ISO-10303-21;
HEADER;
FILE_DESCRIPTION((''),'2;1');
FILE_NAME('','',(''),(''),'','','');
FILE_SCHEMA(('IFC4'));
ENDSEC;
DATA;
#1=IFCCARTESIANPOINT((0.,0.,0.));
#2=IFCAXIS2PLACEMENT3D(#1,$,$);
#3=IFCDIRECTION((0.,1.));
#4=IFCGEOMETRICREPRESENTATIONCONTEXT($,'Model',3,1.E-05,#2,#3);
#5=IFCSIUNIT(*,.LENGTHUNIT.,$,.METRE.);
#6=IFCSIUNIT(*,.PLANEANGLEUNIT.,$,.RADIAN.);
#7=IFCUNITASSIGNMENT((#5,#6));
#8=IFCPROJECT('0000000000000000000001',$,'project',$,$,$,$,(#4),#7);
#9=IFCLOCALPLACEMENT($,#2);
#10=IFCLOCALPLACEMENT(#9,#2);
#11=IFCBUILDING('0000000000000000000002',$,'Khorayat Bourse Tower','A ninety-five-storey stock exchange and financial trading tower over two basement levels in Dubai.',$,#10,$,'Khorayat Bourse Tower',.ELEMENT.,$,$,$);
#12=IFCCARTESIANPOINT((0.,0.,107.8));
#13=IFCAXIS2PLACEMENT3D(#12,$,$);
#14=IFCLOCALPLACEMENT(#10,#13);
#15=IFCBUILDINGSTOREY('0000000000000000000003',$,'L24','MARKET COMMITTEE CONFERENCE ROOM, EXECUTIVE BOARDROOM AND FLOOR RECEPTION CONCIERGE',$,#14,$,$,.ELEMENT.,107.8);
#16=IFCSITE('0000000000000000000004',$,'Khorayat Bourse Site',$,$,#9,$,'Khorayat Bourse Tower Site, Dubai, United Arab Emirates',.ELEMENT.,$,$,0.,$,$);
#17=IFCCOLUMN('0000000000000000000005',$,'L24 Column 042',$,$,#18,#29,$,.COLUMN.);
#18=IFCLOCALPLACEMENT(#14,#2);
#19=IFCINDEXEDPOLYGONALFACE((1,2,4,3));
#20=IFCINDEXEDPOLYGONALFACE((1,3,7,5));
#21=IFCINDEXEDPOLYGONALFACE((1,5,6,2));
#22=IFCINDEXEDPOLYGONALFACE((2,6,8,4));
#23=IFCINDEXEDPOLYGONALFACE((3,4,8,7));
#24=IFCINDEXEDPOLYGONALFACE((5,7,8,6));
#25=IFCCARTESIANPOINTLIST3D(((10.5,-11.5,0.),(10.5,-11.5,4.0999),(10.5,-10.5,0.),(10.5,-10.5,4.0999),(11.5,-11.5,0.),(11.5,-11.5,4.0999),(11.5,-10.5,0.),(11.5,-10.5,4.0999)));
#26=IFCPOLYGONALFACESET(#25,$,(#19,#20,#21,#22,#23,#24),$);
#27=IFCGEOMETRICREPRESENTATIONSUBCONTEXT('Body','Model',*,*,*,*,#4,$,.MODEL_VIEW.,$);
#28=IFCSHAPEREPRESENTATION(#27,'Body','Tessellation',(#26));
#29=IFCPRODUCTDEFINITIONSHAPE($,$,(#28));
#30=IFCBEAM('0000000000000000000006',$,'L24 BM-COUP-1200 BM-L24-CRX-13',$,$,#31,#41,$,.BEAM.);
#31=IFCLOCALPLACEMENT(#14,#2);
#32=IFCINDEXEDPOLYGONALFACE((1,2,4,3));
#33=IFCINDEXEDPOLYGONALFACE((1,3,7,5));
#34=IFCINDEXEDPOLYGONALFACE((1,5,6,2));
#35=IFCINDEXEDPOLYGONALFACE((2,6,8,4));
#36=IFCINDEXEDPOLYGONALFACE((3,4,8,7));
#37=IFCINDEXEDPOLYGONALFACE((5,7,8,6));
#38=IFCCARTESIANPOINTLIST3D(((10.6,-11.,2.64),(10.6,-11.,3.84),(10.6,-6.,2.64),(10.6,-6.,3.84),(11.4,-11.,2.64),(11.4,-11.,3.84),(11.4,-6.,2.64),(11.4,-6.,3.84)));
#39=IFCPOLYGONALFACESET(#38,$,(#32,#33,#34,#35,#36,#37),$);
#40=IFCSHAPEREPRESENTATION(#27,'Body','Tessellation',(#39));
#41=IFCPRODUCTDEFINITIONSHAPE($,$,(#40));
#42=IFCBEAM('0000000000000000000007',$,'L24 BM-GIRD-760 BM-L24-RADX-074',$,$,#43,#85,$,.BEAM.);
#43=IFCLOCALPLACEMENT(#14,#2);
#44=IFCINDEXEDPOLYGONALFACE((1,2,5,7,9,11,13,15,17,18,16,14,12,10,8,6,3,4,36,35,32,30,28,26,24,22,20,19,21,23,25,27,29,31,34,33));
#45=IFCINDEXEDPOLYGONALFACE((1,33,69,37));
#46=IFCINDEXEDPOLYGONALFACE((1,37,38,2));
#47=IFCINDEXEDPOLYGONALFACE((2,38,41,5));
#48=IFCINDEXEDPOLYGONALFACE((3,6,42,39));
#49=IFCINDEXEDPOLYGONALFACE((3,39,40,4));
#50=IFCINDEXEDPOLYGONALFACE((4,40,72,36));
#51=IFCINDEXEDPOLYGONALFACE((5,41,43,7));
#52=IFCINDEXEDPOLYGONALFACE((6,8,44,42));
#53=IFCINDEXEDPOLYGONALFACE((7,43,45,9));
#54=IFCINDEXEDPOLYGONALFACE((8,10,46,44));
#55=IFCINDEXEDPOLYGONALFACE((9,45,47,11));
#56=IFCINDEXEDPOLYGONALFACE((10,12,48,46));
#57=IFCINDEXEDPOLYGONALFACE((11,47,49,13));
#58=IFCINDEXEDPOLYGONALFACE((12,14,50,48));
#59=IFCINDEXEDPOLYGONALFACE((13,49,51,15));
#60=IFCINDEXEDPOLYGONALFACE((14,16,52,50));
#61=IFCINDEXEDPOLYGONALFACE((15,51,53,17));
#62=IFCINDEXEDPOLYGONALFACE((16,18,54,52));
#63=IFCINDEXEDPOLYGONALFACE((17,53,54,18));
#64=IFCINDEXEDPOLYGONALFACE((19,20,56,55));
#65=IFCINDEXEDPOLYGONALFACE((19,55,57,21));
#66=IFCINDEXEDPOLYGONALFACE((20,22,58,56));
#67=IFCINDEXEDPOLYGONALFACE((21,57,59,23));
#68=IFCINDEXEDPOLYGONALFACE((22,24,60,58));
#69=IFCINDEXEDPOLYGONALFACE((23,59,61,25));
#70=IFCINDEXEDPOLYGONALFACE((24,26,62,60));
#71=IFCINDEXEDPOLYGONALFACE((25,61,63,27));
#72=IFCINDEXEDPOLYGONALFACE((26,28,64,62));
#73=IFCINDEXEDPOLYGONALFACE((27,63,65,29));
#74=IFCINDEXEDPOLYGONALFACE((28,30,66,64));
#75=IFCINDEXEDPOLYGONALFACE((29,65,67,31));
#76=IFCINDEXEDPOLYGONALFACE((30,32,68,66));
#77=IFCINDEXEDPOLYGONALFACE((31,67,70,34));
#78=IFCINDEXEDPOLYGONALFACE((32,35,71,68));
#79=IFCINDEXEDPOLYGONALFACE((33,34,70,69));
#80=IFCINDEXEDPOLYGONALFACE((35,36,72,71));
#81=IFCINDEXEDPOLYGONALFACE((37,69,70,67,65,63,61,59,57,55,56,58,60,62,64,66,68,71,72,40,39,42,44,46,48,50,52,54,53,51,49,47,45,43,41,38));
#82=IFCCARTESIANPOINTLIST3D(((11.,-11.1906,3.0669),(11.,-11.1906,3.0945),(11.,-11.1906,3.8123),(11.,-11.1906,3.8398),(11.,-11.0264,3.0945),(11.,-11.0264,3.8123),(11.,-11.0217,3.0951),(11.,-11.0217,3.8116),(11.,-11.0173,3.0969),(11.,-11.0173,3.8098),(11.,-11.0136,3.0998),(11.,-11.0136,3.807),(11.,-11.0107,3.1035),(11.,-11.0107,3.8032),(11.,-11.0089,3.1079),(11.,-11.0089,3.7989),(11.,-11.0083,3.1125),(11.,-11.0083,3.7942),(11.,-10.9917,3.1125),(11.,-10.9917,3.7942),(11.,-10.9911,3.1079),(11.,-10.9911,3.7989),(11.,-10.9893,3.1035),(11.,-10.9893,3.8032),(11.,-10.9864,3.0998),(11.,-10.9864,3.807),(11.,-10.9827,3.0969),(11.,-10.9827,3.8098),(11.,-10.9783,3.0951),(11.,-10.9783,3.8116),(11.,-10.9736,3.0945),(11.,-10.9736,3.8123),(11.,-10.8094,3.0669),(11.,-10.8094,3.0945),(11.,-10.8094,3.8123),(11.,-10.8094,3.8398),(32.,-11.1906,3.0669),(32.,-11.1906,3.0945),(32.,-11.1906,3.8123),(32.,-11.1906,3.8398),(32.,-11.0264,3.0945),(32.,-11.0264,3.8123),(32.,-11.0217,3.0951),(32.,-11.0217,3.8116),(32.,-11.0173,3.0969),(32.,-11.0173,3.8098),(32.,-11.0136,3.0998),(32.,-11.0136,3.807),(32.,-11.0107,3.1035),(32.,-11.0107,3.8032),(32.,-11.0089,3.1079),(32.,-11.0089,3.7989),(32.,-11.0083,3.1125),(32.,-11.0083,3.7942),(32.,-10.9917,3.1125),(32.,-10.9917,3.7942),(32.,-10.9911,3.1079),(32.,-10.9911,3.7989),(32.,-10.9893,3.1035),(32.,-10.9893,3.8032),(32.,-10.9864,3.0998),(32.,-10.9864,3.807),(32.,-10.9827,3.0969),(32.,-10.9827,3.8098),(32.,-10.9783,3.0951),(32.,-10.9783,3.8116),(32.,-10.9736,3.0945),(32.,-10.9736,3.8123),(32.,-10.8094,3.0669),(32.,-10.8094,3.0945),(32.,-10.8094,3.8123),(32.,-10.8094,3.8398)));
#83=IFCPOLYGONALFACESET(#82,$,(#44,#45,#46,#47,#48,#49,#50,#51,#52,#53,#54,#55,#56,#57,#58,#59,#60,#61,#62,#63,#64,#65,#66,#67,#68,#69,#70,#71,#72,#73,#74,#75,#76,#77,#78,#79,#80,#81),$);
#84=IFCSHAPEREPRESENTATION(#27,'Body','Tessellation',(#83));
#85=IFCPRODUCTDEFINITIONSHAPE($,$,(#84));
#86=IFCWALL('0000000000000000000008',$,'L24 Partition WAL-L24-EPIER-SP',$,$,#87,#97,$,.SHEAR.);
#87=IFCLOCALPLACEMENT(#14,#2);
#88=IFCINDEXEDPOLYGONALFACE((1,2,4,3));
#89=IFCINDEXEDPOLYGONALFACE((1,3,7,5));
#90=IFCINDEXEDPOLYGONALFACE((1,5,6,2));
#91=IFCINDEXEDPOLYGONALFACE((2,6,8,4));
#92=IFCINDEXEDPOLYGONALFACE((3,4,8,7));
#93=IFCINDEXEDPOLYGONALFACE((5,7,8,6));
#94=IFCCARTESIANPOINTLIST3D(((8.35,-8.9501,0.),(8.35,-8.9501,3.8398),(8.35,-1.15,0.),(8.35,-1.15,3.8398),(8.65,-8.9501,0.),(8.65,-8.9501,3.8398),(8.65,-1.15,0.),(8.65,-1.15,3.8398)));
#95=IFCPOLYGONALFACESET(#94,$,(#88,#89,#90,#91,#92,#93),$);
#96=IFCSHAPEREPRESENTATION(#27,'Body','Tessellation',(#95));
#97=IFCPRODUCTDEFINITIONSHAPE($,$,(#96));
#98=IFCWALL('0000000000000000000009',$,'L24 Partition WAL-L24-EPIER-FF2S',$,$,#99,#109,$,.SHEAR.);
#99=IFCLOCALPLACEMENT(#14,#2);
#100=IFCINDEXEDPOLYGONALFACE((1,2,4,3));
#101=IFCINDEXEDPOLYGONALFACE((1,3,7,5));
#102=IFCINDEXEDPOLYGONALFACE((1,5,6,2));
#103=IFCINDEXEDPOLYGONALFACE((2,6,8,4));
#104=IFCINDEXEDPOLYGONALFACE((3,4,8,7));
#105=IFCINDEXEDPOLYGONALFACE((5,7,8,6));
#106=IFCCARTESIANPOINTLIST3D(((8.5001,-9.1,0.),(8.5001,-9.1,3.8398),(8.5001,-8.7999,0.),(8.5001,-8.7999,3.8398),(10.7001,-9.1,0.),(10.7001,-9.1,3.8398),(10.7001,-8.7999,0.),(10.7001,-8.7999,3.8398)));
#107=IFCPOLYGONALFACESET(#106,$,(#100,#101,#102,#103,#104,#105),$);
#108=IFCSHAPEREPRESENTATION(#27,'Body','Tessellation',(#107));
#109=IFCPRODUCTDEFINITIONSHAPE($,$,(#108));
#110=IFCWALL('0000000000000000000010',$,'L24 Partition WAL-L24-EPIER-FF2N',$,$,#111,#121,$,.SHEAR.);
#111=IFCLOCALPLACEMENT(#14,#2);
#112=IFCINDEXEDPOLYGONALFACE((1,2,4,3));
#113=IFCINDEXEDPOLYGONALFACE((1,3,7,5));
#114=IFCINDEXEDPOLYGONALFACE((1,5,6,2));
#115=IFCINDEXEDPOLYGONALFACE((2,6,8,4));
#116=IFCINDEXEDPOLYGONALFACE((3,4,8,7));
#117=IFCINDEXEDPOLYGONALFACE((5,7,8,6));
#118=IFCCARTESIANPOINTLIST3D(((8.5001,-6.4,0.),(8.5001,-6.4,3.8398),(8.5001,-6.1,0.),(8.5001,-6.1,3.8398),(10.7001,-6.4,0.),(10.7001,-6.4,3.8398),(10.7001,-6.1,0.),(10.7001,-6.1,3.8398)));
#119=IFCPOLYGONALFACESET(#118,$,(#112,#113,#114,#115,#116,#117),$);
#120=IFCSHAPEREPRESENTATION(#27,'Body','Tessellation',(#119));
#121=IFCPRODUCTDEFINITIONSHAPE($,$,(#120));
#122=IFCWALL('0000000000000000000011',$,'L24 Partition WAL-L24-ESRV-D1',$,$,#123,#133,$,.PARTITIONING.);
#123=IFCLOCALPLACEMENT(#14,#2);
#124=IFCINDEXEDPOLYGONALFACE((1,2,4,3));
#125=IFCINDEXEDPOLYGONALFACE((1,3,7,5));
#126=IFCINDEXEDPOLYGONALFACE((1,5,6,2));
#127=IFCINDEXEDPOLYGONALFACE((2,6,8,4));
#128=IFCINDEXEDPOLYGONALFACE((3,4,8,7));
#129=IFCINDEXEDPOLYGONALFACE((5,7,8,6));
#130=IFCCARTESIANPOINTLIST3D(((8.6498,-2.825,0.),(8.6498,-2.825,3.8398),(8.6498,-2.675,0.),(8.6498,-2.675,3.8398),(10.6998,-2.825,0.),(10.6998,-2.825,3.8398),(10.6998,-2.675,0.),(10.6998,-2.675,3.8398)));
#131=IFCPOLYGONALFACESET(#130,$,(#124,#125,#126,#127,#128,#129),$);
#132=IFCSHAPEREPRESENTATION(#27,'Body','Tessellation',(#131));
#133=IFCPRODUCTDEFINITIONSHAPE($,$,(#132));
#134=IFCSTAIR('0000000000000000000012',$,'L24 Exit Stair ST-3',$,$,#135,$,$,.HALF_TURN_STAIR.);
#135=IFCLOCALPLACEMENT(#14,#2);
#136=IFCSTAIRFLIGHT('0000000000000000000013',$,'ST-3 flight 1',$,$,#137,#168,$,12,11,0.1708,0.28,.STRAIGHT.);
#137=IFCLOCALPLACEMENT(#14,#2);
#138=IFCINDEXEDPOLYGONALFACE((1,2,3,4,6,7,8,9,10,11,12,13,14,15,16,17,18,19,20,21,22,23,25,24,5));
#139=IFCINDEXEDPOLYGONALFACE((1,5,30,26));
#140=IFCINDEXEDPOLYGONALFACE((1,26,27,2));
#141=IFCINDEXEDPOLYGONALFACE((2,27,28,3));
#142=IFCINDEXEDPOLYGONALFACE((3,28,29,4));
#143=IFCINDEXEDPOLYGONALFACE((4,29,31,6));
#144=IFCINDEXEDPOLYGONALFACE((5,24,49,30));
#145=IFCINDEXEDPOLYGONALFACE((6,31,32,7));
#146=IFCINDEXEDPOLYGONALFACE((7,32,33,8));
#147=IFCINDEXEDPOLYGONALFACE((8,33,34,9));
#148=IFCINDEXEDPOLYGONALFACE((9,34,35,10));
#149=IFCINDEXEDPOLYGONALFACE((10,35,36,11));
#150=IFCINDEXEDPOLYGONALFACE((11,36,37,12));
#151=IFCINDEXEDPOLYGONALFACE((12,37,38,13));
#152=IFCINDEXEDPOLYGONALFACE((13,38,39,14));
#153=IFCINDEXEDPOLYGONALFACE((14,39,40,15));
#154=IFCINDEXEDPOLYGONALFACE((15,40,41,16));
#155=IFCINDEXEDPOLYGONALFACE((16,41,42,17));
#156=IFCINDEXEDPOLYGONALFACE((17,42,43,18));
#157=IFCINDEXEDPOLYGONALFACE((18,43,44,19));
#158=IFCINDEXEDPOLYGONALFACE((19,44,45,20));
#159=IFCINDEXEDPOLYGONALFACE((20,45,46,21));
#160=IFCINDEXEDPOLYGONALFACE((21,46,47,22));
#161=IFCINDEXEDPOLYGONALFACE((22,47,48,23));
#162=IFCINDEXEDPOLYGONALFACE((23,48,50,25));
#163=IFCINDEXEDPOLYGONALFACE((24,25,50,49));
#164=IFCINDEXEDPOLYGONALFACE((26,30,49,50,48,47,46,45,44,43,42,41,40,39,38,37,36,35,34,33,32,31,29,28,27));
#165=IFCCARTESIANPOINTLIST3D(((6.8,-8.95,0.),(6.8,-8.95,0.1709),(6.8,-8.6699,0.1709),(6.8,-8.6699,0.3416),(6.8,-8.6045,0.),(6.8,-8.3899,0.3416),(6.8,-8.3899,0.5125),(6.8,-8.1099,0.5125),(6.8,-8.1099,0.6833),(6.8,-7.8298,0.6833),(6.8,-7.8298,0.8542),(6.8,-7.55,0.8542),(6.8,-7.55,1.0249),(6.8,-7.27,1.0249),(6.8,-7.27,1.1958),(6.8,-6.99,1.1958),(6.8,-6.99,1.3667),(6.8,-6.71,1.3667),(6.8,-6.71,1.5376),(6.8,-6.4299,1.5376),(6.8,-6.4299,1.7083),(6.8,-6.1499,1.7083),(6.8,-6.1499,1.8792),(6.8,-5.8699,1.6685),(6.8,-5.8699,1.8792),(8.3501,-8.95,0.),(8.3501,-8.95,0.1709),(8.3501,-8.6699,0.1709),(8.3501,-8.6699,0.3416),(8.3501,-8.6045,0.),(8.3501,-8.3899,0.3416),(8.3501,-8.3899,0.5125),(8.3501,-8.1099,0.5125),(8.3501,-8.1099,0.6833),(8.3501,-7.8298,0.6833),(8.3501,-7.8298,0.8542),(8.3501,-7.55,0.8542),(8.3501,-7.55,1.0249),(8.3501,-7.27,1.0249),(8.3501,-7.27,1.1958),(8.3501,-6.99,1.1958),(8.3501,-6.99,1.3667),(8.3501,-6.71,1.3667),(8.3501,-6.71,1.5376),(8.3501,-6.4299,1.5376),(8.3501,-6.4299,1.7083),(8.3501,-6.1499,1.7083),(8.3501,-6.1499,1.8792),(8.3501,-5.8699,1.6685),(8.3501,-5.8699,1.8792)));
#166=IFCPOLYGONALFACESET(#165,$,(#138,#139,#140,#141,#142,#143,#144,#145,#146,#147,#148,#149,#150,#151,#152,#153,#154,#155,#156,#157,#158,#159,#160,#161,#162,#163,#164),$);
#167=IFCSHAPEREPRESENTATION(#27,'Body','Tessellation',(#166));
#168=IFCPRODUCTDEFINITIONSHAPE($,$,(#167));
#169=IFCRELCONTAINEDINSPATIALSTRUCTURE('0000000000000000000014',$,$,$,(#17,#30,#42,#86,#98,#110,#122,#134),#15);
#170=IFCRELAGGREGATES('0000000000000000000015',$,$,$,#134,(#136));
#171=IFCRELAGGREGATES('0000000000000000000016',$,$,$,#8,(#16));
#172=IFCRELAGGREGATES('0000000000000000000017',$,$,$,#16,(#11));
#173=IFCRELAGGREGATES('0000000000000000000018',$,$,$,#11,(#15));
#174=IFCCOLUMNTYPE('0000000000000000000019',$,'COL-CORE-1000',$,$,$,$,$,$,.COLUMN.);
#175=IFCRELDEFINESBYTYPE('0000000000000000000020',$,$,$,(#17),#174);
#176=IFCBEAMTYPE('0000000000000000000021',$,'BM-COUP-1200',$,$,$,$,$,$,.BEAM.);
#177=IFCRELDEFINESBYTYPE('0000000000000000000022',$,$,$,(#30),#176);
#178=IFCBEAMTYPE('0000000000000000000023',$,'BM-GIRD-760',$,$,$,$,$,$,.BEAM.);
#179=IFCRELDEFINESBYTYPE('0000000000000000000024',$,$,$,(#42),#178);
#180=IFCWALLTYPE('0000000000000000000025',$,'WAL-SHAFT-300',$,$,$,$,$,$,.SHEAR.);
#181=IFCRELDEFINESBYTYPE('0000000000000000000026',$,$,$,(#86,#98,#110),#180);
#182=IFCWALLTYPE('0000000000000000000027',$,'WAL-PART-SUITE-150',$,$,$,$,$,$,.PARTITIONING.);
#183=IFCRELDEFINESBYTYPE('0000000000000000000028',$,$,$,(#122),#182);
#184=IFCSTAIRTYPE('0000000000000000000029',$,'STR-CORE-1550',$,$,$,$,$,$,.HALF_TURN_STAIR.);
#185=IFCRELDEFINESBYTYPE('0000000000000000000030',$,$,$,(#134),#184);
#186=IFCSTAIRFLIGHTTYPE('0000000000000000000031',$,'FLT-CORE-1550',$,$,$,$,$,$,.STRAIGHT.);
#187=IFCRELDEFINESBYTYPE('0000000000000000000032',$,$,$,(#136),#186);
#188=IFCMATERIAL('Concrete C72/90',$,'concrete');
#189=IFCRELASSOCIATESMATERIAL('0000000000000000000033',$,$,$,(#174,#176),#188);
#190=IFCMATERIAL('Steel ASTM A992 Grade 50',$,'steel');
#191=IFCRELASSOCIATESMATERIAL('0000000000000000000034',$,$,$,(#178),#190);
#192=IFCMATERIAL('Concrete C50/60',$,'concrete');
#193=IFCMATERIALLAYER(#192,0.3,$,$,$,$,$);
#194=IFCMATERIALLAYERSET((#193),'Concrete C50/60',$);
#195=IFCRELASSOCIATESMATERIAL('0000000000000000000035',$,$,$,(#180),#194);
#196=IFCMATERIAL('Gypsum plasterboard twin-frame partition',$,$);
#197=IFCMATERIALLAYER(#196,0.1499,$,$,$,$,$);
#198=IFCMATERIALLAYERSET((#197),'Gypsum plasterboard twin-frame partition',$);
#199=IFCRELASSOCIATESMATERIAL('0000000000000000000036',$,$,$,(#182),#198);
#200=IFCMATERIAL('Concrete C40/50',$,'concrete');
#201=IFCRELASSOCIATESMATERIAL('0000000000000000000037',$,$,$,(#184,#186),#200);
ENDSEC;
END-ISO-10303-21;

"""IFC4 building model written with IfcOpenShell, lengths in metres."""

from ifc_helpers import new_model, si_unit, direction, frame, frame_2d, origin, origin_2d, place, context, subcontext, project, spatial, polyline, rectangle, i_section, outline, extrude, source, transform, mapped, material, layer, layer_set, material_profile, profile_set, type_object, element, aggregate, save


model = new_model("IFC4")

# Units and contexts
model_context = context("Model", 3, precision=1e-05, world=origin(), true_north=direction((0.0, 1.0)))
body_context = subcontext(model_context, "Body", "Model", "MODEL_VIEW")
ifc_project = project(units=[si_unit("LENGTHUNIT", "METRE"), si_unit("PLANEANGLEUNIT", "RADIAN")], contexts=[model_context])

# Site, building, storey
site_placement = place(None, origin())
site = spatial("IfcSite", under=ifc_project, at=site_placement, Name="Khorayat Bourse Site", LongName="Khorayat Bourse Tower Site, Dubai, United Arab Emirates", CompositionType="ELEMENT", RefElevation=0.0)
building_placement = place(site_placement, origin())
building = spatial("IfcBuilding", under=site, at=building_placement, Name="Khorayat Bourse Tower", Description="A ninety-five-storey stock exchange and financial trading tower over two basement levels in Dubai.", LongName="Khorayat Bourse Tower", CompositionType="ELEMENT")
storey_placement = place(building_placement, frame((0.0, 0.0, 107.8)))
storey = spatial("IfcBuildingStorey", under=building, at=storey_placement, Name="L24", Description="MARKET COMMITTEE CONFERENCE ROOM, EXECUTIVE BOARDROOM AND FLOOR RECEPTION CONCIERGE", CompositionType="ELEMENT", Elevation=107.8)

# Column
ifc_material_1 = material(Name="Concrete C72/90", Category="concrete")
ifc_material_profile_1 = material_profile(ifc_material_1, rectangle(XDim=1.0, YDim=1.0, at=origin_2d()), Name="RC 1000x1000")
ifc_profile_set_1 = profile_set([ifc_material_profile_1], Name="Concrete C72/90")
column_type = type_object("IfcColumnType", Name="COL-CORE-1000", PredefinedType="COLUMN", material=ifc_profile_set_1)
shared_shape_1 = source(origin(), body_context, "Body", "SweptSolid", [
    extrude(rectangle(XDim=1.0, YDim=1.0, at=origin_2d()), origin(), (0.0, 0.0, 1.0), 4.0999),
])
column_placement = place(storey_placement, frame((11.0, -11.0, 0.0), z_axis=(0.0, 0.0, 1.0), x_axis=(1.0, 0.0, 0.0)))
element("IfcColumn", 1, at=column_placement, inside=storey, type_object=column_type, Name="L24 Column 042", PredefinedType="COLUMN", context=body_context, shape_type="MappedRepresentation", body=[
    mapped(shared_shape_1, transform((0.0, 0.0, 0.0), scale=1.0)),
])

# Beams
ifc_material_profile_2 = material_profile(ifc_material_1, rectangle(XDim=0.8, YDim=1.2, at=origin_2d()), Name="RC 800x1200")
ifc_profile_set_2 = profile_set([ifc_material_profile_2], Name="Concrete C72/90")
beam_type_1 = type_object("IfcBeamType", Name="BM-COUP-1200", PredefinedType="BEAM", material=ifc_profile_set_2)
shared_shape_2 = source(origin(), body_context, "Body", "SweptSolid", [
    extrude(rectangle(XDim=0.8, YDim=1.2, at=origin_2d()), origin(), (0.0, 0.0, 1.0), 5.0),
])
beam_1_placement = place(storey_placement, frame((11.0, -11.0, 3.24), z_axis=(0.0, 1.0, 0.0), x_axis=(-1.0, 0.0, 0.0)))
element("IfcBeam", 2, at=beam_1_placement, inside=storey, type_object=beam_type_1, Name="L24 BM-COUP-1200 BM-L24-CRX-13", PredefinedType="BEAM", context=body_context, shape_type="MappedRepresentation", body=[
    mapped(shared_shape_2, transform((0.0, 0.0, 0.0), scale=1.0)),
])
ifc_material_2 = material(Name="Steel ASTM A992 Grade 50", Category="steel")
ifc_material_profile_3 = material_profile(ifc_material_2, i_section(OverallWidth=0.3811, OverallDepth=0.7729, WebThickness=0.0166, FlangeThickness=0.0276, FilletRadius=0.0181, at=origin_2d()), Name="W760X257")
ifc_profile_set_3 = profile_set([ifc_material_profile_3], Name="Steel ASTM A992 Grade 50")
beam_type_2 = type_object("IfcBeamType", Name="BM-GIRD-760", PredefinedType="BEAM", material=ifc_profile_set_3)
shared_shape_3 = source(origin(), body_context, "Body", "SweptSolid", [
    extrude(i_section(OverallWidth=0.3811, OverallDepth=0.7729, WebThickness=0.0166, FlangeThickness=0.0276, FilletRadius=0.0181, at=origin_2d()), origin(), (0.0, 0.0, 1.0), 21.0),
])
beam_2_placement = place(storey_placement, frame((11.0, -11.0, 3.4534), z_axis=(1.0, 0.0, 0.0), x_axis=(0.0, 1.0, 0.0)))
element("IfcBeam", 3, at=beam_2_placement, inside=storey, type_object=beam_type_2, Name="L24 BM-GIRD-760 BM-L24-RADX-074", PredefinedType="BEAM", context=body_context, shape_type="MappedRepresentation", body=[
    mapped(shared_shape_3, transform((0.0, 0.0, 0.0), scale=1.0)),
])

# Walls
ifc_material_3 = material(Name="Concrete C50/60", Category="concrete")
ifc_layer_1 = layer(ifc_material_3, 0.3)
ifc_layer_set_1 = layer_set([ifc_layer_1], Name="Concrete C50/60")
wall_type_1 = type_object("IfcWallType", Name="WAL-SHAFT-300", PredefinedType="SHEAR", material=ifc_layer_set_1)
shared_shape_4 = source(origin(), body_context, "Body", "SweptSolid", [
    extrude(rectangle(XDim=7.8, YDim=0.3, at=frame_2d((3.8999, 0.0))), origin(), (0.0, 0.0, 1.0), 3.8398),
])
wall_1_placement = place(storey_placement, frame((8.5, -8.95, 0.0), z_axis=(0.0, 0.0, 1.0), x_axis=(0.0, 1.0, 0.0)))
element("IfcWall", 4, at=wall_1_placement, inside=storey, type_object=wall_type_1, Name="L24 Partition WAL-L24-EPIER-SP", PredefinedType="SHEAR", context=body_context, shape_type="MappedRepresentation", body=[
    mapped(shared_shape_4, transform((0.0, 0.0, 0.0), scale=1.0)),
])
shared_shape_5 = source(origin(), body_context, "Body", "SweptSolid", [
    extrude(rectangle(XDim=2.2, YDim=0.3, at=frame_2d((1.1001, 0.0))), origin(), (0.0, 0.0, 1.0), 3.8398),
])
for number, where, z_axis, x_axis, name in (
    (5, (8.5, -8.95, 0.0), (0.0, 0.0, 1.0), (1.0, 0.0, 0.0), "L24 Partition WAL-L24-EPIER-FF2S"),
    (6, (8.5, -6.25, 0.0), (0.0, 0.0, 1.0), (1.0, 0.0, 0.0), "L24 Partition WAL-L24-EPIER-FF2N"),
):
    element("IfcWall", number, at=place(storey_placement, frame(where, z_axis=z_axis, x_axis=x_axis)), inside=storey, type_object=wall_type_1, Name=name, PredefinedType="SHEAR", context=body_context, shape_type="MappedRepresentation", body=[
        mapped(shared_shape_5, transform((0.0, 0.0, 0.0), scale=1.0)),
    ])
ifc_material_4 = material(Name="Gypsum plasterboard twin-frame partition")
ifc_layer_2 = layer(ifc_material_4, 0.1499)
ifc_layer_set_2 = layer_set([ifc_layer_2], Name="Gypsum plasterboard twin-frame partition")
wall_type_2 = type_object("IfcWallType", Name="WAL-PART-SUITE-150", PredefinedType="PARTITIONING", material=ifc_layer_set_2)
shared_shape_6 = source(origin(), body_context, "Body", "SweptSolid", [
    extrude(rectangle(XDim=2.05, YDim=0.1499, at=frame_2d((1.0249, 0.0))), origin(), (0.0, 0.0, 1.0), 3.8398),
])
wall_2_placement = place(storey_placement, frame((8.6499, -2.75, 0.0), z_axis=(0.0, 0.0, 1.0), x_axis=(1.0, 0.0, 0.0)))
element("IfcWall", 7, at=wall_2_placement, inside=storey, type_object=wall_type_2, Name="L24 Partition WAL-L24-ESRV-D1", PredefinedType="PARTITIONING", context=body_context, shape_type="MappedRepresentation", body=[
    mapped(shared_shape_6, transform((0.0, 0.0, 0.0), scale=1.0)),
])

# Stair, stair flight
ifc_material_5 = material(Name="Concrete C40/50", Category="concrete")
stair_type = type_object("IfcStairType", Name="STR-CORE-1550", PredefinedType="HALF_TURN_STAIR", material=ifc_material_5)
stair_placement = place(storey_placement, origin())
stair = element("IfcStair", 8, at=stair_placement, inside=storey, type_object=stair_type, Name="L24 Exit Stair ST-3", PredefinedType="HALF_TURN_STAIR")
stair_flight_type = type_object("IfcStairFlightType", Name="FLT-CORE-1550", PredefinedType="STRAIGHT", material=ifc_material_5)
shared_shape_7 = source(origin(), body_context, "Body", "SweptSolid", [
    extrude(outline(polyline([(0.0, 0.0), (0.0, 0.1709), (0.28, 0.1709), (0.28, 0.3416), (0.5601, 0.3416), (0.5601, 0.5125), (0.8401, 0.5125), (0.8401, 0.6833), (1.1201, 0.6833), (1.1201, 0.8542), (1.3999, 0.8542), (1.3999, 1.0249), (1.6799, 1.0249), (1.6799, 1.1958), (1.96, 1.1958), (1.96, 1.3667), (2.24, 1.3667), (2.24, 1.5376), (2.52, 1.5376), (2.52, 1.7083), (2.8, 1.7083), (2.8, 1.8792), (3.0801, 1.8792), (3.0801, 2.05), (3.0801, 1.6685), (0.3455, 0.0), (0.0, 0.0)])), frame((0.0, 0.7749, 0.0), z_axis=(0.0, -1.0, 0.0), x_axis=(1.0, 0.0, 0.0)), (0.0, 0.0, 1.0), 1.55),
])
stair_flight_placement = place(storey_placement, frame((7.575, -8.95, 0.0), z_axis=(0.0, 0.0, 1.0), x_axis=(0.0, 1.0, 0.0)))
stair_flight = element("IfcStairFlight", 9, at=stair_flight_placement, type_object=stair_flight_type, Name="ST-3 flight 1", NumberOfRisers=12, NumberOfTreads=11, PredefinedType="STRAIGHT", RiserHeight=0.1708, TreadLength=0.28, context=body_context, shape_type="MappedRepresentation", body=[
    mapped(shared_shape_7, transform((0.0, 0.0, 0.0), scale=1.0)),
])
aggregate(stair, [stair_flight])

save(model, "model.ifc")
